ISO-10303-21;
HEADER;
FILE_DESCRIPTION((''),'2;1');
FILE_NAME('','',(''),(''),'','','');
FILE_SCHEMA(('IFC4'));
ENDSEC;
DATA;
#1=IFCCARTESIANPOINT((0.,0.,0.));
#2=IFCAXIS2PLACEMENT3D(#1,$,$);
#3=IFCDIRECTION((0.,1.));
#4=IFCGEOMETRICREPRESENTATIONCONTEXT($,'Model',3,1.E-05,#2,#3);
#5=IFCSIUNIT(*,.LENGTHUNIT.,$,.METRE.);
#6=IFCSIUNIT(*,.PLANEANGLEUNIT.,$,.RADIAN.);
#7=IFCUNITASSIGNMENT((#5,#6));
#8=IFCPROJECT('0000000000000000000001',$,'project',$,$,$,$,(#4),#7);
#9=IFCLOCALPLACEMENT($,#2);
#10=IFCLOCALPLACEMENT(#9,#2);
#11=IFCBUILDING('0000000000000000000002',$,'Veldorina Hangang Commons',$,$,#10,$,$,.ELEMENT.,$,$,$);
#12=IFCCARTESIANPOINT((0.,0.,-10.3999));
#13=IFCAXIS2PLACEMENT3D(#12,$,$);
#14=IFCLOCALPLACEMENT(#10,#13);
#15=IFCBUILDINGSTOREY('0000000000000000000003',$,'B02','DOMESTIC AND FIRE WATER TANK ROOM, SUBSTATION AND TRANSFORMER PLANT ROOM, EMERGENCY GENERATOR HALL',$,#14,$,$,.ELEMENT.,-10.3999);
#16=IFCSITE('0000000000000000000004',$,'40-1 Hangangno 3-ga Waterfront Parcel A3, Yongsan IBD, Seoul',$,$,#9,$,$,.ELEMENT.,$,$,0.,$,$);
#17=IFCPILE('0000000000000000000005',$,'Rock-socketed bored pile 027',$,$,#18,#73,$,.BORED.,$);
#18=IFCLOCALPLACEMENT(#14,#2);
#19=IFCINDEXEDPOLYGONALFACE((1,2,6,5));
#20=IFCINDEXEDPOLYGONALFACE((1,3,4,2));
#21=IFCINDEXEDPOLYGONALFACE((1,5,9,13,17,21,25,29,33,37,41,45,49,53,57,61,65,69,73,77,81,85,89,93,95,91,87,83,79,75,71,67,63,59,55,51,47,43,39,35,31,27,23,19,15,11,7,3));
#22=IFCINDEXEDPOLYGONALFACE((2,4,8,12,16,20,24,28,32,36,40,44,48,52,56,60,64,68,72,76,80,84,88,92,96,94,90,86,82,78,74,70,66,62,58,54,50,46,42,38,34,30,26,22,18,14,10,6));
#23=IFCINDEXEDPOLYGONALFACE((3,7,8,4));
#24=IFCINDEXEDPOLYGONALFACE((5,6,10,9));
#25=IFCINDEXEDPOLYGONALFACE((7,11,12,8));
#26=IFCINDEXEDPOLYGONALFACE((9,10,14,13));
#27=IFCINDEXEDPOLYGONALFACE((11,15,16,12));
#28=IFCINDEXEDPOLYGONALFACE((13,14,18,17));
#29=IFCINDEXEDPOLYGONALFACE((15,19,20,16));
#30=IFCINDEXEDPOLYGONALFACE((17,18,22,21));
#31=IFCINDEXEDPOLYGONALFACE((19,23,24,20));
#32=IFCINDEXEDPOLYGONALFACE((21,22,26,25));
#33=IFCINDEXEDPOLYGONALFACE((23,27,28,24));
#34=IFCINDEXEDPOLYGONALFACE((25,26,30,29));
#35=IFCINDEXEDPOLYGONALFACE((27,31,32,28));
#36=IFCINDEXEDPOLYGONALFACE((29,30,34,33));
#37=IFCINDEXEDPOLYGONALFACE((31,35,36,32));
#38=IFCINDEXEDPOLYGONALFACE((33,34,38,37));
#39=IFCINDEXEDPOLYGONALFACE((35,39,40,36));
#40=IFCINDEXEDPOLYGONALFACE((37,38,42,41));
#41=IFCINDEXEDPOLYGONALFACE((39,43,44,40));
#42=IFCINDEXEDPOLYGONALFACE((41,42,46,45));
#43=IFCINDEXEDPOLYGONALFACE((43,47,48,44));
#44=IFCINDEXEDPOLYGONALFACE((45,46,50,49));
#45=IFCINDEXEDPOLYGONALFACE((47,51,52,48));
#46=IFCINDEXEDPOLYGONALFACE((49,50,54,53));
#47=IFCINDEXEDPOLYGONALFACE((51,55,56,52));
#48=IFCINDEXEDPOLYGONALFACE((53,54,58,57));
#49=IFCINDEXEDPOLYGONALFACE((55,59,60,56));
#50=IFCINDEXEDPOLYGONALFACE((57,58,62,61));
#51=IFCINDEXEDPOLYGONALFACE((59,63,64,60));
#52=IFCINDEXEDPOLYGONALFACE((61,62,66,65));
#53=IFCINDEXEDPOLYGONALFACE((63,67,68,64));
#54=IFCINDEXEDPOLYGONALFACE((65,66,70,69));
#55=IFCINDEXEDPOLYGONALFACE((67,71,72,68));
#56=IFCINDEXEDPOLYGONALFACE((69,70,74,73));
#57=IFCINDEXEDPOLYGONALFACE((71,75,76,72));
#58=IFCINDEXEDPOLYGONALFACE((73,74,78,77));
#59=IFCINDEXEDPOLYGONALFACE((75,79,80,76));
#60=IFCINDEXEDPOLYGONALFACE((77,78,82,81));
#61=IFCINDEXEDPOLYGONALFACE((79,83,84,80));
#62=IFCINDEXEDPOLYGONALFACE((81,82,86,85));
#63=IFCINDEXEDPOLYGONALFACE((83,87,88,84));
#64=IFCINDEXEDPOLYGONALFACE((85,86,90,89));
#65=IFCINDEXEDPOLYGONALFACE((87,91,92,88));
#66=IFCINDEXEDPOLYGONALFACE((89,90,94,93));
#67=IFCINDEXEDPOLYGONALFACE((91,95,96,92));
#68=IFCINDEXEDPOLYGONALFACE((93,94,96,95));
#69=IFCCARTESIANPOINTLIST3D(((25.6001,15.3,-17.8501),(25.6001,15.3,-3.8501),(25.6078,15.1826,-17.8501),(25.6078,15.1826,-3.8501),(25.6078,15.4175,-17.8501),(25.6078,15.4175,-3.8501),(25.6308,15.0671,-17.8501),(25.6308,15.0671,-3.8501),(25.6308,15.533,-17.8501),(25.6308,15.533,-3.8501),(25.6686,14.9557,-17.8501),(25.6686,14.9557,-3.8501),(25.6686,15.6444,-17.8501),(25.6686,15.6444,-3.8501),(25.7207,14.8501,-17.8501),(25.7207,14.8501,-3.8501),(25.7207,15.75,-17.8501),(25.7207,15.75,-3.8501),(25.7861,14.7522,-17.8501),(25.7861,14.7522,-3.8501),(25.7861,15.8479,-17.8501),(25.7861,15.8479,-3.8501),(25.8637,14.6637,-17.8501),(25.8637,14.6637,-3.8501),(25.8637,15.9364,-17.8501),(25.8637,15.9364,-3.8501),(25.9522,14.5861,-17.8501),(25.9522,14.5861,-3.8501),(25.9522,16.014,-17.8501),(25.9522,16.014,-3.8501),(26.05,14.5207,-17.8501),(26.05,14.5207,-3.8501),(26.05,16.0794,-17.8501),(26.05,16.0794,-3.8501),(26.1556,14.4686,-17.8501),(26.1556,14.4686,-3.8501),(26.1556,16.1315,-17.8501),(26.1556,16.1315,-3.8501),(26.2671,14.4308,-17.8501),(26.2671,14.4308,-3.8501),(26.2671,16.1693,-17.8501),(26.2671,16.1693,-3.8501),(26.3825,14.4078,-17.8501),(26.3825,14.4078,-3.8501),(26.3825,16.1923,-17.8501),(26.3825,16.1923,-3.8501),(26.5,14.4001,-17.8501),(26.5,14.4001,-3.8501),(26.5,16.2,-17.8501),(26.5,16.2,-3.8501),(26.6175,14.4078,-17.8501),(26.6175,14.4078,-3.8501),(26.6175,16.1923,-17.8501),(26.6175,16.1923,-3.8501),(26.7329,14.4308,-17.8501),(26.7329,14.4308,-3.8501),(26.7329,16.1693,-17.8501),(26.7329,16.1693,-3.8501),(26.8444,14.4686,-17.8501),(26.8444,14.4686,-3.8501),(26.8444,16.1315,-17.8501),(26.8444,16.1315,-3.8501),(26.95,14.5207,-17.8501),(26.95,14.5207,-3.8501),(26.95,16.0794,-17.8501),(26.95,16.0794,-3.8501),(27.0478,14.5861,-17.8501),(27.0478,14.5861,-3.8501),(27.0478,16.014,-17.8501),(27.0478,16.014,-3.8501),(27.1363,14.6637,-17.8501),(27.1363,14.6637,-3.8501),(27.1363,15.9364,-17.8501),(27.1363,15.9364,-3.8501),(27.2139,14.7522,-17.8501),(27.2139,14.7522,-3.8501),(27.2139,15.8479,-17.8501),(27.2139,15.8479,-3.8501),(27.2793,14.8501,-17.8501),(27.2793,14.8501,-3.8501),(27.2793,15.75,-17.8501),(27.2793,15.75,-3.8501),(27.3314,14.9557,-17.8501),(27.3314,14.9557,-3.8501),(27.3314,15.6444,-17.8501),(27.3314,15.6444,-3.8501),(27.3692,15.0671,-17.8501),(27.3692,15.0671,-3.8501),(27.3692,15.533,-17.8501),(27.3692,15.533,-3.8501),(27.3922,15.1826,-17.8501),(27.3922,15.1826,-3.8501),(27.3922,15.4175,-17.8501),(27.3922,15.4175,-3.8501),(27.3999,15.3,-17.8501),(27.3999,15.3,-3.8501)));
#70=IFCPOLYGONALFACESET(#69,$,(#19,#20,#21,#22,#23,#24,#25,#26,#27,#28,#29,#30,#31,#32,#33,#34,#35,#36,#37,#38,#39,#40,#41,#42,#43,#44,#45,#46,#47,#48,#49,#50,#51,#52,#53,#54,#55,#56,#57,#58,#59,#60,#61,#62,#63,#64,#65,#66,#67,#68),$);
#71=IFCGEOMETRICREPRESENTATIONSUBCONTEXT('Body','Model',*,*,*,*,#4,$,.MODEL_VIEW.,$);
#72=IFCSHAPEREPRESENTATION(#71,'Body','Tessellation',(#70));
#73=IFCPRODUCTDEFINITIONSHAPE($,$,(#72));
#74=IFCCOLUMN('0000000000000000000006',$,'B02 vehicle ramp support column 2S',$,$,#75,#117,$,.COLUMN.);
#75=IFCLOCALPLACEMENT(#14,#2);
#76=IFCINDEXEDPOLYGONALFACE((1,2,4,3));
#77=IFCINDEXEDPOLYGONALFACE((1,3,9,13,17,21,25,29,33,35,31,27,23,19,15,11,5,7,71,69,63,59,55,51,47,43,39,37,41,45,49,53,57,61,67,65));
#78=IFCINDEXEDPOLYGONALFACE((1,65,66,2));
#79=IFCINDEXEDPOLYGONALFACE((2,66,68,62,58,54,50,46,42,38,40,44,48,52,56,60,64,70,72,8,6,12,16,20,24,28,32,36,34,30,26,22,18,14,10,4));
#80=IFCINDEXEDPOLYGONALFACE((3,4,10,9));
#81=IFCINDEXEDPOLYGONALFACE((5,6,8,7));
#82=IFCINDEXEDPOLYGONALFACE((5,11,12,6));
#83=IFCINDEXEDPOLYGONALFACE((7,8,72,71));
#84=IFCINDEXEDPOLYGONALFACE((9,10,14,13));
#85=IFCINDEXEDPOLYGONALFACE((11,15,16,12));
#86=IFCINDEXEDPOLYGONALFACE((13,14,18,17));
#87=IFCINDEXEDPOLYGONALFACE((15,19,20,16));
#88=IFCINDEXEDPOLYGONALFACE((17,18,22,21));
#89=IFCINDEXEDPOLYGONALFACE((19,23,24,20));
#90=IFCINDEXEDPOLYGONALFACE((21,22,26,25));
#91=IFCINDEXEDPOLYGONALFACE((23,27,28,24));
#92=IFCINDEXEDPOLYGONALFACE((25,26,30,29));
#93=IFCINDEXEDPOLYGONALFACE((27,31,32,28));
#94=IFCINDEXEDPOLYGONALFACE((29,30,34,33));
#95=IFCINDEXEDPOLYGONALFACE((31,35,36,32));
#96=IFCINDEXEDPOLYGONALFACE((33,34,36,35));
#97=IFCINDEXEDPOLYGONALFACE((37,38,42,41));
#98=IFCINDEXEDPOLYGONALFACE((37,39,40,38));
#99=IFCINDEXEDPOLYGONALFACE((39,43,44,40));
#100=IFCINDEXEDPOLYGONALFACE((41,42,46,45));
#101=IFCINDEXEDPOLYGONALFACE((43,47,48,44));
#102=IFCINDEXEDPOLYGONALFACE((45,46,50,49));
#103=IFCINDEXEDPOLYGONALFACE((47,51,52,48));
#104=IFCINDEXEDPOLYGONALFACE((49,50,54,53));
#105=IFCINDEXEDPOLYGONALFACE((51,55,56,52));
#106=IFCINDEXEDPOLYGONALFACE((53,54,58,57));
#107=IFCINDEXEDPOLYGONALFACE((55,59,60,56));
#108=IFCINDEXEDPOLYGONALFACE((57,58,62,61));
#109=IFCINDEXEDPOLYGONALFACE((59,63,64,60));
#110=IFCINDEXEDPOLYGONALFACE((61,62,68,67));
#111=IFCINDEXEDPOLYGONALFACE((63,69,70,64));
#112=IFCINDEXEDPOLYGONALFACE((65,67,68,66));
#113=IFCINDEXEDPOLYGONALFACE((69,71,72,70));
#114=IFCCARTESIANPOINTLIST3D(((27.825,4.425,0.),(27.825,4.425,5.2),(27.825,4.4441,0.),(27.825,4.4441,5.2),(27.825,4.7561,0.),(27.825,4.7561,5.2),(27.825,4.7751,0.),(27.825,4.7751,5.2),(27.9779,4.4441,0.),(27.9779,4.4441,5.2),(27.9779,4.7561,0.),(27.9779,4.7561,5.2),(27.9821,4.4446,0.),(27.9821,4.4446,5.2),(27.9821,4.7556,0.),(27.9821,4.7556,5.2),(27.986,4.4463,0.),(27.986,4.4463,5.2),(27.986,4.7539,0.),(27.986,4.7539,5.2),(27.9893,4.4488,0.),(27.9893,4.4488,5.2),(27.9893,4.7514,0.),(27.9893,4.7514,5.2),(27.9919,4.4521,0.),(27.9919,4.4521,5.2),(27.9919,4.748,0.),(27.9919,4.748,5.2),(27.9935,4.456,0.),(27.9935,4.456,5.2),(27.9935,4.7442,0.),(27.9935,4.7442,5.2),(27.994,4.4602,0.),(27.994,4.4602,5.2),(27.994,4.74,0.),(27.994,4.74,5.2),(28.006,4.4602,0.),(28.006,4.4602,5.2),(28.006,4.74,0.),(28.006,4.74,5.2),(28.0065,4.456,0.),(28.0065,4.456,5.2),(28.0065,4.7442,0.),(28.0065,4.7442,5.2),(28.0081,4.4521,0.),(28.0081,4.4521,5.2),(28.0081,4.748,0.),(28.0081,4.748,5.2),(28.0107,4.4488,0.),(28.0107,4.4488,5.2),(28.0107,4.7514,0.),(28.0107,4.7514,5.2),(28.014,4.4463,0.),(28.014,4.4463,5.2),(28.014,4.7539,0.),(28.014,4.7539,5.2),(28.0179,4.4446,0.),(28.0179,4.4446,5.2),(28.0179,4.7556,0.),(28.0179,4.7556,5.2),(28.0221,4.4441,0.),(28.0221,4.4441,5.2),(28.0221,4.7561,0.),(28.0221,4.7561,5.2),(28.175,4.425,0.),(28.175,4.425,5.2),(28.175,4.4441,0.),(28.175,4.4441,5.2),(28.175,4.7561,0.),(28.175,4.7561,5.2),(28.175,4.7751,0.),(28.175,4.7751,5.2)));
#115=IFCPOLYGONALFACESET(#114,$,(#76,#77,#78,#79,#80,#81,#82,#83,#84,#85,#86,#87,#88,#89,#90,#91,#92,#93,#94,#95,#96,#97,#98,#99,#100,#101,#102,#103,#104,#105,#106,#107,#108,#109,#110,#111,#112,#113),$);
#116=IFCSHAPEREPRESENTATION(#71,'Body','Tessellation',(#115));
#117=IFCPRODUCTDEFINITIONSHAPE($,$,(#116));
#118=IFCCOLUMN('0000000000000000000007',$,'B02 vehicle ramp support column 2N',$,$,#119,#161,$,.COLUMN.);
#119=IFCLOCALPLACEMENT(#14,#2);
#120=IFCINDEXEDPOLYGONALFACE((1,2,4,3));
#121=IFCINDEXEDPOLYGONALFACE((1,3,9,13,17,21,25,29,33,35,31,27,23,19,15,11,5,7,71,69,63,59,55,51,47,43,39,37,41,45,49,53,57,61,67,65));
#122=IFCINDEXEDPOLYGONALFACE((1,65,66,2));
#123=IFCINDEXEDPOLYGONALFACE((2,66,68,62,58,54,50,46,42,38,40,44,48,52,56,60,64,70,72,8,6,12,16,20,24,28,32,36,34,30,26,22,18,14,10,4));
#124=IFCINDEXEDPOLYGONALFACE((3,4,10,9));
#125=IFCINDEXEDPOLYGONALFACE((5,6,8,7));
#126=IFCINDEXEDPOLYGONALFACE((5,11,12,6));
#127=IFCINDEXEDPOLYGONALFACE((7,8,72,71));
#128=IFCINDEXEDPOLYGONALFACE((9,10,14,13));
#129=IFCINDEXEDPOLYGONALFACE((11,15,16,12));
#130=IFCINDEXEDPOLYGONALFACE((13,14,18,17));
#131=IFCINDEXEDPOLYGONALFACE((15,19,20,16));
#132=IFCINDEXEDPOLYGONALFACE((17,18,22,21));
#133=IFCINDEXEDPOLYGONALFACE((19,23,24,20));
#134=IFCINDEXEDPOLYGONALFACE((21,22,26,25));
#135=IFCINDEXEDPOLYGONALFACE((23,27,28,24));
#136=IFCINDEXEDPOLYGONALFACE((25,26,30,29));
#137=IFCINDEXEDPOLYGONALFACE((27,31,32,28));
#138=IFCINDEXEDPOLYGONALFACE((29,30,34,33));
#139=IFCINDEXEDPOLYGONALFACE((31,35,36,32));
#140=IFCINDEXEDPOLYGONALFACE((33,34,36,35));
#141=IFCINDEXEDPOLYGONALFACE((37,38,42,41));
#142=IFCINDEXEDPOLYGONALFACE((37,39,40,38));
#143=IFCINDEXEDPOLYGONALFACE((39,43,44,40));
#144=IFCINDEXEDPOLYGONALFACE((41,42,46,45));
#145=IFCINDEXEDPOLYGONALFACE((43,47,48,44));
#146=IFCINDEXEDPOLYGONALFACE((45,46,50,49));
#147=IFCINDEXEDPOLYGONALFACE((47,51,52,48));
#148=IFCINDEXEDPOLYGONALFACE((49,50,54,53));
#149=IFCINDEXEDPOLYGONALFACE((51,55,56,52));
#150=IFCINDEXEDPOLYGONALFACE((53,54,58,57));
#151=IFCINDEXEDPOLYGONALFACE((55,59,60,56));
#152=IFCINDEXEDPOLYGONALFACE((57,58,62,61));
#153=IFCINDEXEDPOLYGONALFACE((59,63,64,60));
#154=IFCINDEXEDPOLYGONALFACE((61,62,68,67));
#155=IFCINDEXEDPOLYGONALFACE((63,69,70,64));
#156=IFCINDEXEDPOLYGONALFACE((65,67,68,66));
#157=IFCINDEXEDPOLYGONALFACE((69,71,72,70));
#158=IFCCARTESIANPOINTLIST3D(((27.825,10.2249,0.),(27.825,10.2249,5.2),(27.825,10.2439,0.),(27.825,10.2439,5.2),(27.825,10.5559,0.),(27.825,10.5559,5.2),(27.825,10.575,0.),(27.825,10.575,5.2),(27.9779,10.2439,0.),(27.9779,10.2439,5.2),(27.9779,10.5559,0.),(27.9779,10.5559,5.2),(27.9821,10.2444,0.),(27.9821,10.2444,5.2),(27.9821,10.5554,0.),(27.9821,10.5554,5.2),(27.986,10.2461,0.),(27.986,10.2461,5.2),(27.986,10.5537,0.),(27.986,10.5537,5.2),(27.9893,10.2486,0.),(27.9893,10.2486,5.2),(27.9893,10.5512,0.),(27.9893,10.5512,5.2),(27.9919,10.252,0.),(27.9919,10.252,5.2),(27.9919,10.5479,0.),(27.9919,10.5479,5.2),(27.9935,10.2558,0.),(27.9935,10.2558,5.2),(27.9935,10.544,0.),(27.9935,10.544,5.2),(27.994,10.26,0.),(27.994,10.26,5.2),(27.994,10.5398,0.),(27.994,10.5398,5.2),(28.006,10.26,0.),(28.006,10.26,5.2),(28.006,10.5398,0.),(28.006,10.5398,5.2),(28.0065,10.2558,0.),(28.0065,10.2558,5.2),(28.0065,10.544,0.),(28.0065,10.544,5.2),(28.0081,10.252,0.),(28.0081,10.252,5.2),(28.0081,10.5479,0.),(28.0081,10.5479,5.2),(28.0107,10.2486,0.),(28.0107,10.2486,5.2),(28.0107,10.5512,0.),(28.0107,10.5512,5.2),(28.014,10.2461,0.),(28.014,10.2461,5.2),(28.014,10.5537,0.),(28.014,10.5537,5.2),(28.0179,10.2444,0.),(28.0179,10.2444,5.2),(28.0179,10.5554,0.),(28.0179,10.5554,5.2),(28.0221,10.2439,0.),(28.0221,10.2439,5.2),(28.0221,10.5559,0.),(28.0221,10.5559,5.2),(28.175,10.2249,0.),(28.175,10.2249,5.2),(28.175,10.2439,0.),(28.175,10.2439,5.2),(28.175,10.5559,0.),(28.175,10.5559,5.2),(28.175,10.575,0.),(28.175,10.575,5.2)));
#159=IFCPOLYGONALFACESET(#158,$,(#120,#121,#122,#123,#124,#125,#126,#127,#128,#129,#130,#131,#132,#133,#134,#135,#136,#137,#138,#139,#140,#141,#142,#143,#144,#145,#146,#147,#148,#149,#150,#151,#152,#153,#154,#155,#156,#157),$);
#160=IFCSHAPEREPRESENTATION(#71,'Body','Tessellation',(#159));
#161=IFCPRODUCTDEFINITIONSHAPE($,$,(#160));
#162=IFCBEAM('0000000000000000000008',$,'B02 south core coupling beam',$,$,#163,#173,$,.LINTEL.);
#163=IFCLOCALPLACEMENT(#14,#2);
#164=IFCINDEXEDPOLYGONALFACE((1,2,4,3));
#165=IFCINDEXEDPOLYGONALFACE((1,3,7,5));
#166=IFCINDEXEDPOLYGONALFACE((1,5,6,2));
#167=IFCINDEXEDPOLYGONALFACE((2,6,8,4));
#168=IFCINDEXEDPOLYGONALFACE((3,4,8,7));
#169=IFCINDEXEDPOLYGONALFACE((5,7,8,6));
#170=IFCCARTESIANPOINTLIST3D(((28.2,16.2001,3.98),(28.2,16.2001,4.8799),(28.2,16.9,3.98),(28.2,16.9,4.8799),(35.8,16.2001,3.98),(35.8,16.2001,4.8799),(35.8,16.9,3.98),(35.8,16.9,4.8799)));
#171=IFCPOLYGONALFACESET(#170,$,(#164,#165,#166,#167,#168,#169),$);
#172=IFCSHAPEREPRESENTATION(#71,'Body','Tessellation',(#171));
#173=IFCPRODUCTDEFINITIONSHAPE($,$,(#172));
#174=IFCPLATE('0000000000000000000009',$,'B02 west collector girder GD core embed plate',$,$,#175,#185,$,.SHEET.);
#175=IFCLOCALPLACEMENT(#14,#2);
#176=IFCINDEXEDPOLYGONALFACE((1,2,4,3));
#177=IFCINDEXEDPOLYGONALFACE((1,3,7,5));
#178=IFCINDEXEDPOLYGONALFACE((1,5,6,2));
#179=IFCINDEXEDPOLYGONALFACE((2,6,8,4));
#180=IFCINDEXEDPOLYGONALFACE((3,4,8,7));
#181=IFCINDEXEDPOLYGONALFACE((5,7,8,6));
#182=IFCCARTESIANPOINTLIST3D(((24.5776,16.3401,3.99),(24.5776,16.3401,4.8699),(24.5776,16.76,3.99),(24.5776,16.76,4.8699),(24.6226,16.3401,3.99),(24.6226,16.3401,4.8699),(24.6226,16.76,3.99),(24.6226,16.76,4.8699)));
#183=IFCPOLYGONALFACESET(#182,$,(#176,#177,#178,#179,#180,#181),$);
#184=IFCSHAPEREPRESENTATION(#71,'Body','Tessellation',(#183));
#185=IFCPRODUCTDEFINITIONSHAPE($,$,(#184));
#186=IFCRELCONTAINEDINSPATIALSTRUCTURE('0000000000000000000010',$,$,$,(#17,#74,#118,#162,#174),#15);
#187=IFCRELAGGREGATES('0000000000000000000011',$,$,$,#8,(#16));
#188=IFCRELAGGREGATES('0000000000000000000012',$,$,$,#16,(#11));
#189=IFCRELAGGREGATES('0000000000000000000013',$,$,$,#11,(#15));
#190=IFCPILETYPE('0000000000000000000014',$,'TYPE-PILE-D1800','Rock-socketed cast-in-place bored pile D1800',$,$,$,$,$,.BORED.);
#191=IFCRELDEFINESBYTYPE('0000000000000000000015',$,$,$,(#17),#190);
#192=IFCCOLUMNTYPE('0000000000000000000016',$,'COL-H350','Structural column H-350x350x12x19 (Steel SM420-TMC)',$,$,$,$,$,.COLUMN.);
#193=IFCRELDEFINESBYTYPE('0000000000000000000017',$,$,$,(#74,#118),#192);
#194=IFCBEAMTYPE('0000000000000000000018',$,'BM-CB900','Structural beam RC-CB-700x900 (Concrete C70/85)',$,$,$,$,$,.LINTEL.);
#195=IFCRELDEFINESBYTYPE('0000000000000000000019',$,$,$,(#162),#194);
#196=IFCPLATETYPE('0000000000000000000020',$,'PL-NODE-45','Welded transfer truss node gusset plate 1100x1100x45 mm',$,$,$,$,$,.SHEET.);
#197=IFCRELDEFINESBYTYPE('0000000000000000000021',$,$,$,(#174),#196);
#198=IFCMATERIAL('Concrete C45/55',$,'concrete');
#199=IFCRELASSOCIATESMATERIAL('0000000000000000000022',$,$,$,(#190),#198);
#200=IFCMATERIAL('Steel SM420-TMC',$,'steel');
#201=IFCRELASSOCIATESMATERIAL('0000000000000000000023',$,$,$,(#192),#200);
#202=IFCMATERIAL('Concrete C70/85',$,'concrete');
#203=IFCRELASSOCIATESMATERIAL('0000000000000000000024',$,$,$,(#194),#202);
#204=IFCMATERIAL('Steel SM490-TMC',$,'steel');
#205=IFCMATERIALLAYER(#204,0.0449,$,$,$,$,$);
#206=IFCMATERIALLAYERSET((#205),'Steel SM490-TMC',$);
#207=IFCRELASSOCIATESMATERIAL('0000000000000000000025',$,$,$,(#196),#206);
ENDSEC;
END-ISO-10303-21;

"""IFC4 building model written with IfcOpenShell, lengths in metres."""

from ifc_helpers import new_model, si_unit, direction, frame, origin, origin_2d, place, context, subcontext, project, spatial, rectangle, circle, i_section, extrude, material, layer, layer_set, material_profile, profile_set, type_object, element, save


model = new_model("IFC4")

# Units and contexts
model_context = context("Model", 3, precision=1e-05, world=origin(), true_north=direction((0.0, 1.0)))
body_context = subcontext(model_context, "Body", "Model", "MODEL_VIEW")
ifc_project = project(units=[si_unit("LENGTHUNIT", "METRE"), si_unit("PLANEANGLEUNIT", "RADIAN")], contexts=[model_context])

# Site, building, storey
site_placement = place(None, origin())
site = spatial("IfcSite", under=ifc_project, at=site_placement, Name="40-1 Hangangno 3-ga Waterfront Parcel A3, Yongsan IBD, Seoul", CompositionType="ELEMENT", RefElevation=0.0)
building_placement = place(site_placement, origin())
building = spatial("IfcBuilding", under=site, at=building_placement, Name="Veldorina Hangang Commons", CompositionType="ELEMENT")
storey_placement = place(building_placement, frame((0.0, 0.0, -10.3999)))
storey = spatial("IfcBuildingStorey", under=building, at=storey_placement, Name="B02", Description="DOMESTIC AND FIRE WATER TANK ROOM, SUBSTATION AND TRANSFORMER PLANT ROOM, EMERGENCY GENERATOR HALL", CompositionType="ELEMENT", Elevation=-10.3999)

# Pile
ifc_material_1 = material(Name="Concrete C45/55", Category="concrete")
ifc_material_profile_1 = material_profile(ifc_material_1, circle(Radius=0.8999, at=origin_2d()), Name="PILE-D1800")
ifc_profile_set_1 = profile_set([ifc_material_profile_1], Name="Concrete C45/55")
pile_type = type_object("IfcPileType", Name="TYPE-PILE-D1800", Description="Rock-socketed cast-in-place bored pile D1800", PredefinedType="BORED", material=ifc_profile_set_1)
for number, where, z_axis, x_axis, name in (
    (1, (26.5, 15.3, -3.8501), (0.0, 0.0, -1.0), (1.0, 0.0, 0.0), "Rock-socketed bored pile 027"),
):
    element("IfcPile", number, at=place(storey_placement, frame(where, z_axis=z_axis, x_axis=x_axis)), inside=storey, type_object=pile_type, Name=name, PredefinedType="BORED", context=body_context, shape_type="SweptSolid", body=[
        extrude(circle(Radius=0.8999, at=origin_2d()), origin(), (0.0, 0.0, 1.0), 14.0),
    ])

# Columns
ifc_material_2 = material(Name="Steel SM420-TMC", Category="steel")
ifc_material_profile_2 = material_profile(ifc_material_2, i_section(OverallWidth=0.3501, OverallDepth=0.3501, WebThickness=0.012, FlangeThickness=0.019, FilletRadius=0.0161, at=origin_2d()), Name="H-350x350x12x19")
ifc_profile_set_2 = profile_set([ifc_material_profile_2], Name="Steel SM420-TMC")
column_type = type_object("IfcColumnType", Name="COL-H350", Description="Structural column H-350x350x12x19 (Steel SM420-TMC)", PredefinedType="COLUMN", material=ifc_profile_set_2)
for number, where, z_axis, x_axis, name in (
    (2, (28.0, 4.6001, 0.0), (0.0, 0.0, 1.0), (1.0, 0.0, 0.0), "B02 vehicle ramp support column 2S"),
    (3, (28.0, 10.3999, 0.0), (0.0, 0.0, 1.0), (1.0, 0.0, 0.0), "B02 vehicle ramp support column 2N"),
):
    element("IfcColumn", number, at=place(storey_placement, frame(where, z_axis=z_axis, x_axis=x_axis)), inside=storey, type_object=column_type, Name=name, PredefinedType="COLUMN", context=body_context, shape_type="SweptSolid", body=[
        extrude(i_section(OverallWidth=0.3501, OverallDepth=0.3501, WebThickness=0.012, FlangeThickness=0.019, FilletRadius=0.0161, at=origin_2d()), origin(), (0.0, 0.0, 1.0), 5.2),
    ])

# Beam
ifc_material_3 = material(Name="Concrete C70/85", Category="concrete")
ifc_material_profile_3 = material_profile(ifc_material_3, rectangle(XDim=0.7, YDim=0.8999, at=origin_2d()), Name="RC-CB-700x900")
ifc_profile_set_3 = profile_set([ifc_material_profile_3], Name="Concrete C70/85")
beam_type = type_object("IfcBeamType", Name="BM-CB900", Description="Structural beam RC-CB-700x900 (Concrete C70/85)", PredefinedType="LINTEL", material=ifc_profile_set_3)
beam_placement = place(storey_placement, frame((28.2, 16.55, 4.4299), z_axis=(1.0, 0.0, 0.0), x_axis=(0.0, 1.0, 0.0)))
element("IfcBeam", 4, at=beam_placement, inside=storey, type_object=beam_type, Name="B02 south core coupling beam", PredefinedType="LINTEL", context=body_context, shape_type="SweptSolid", body=[
    extrude(rectangle(XDim=0.7, YDim=0.8999, at=origin_2d()), origin(), (0.0, 0.0, 1.0), 7.6001),
])

# Plate
ifc_material_4 = material(Name="Steel SM490-TMC", Category="steel")
ifc_layer_1 = layer(ifc_material_4, 0.0449)
ifc_layer_set_1 = layer_set([ifc_layer_1], Name="Steel SM490-TMC")
plate_type = type_object("IfcPlateType", Name="PL-NODE-45", Description="Welded transfer truss node gusset plate 1100x1100x45 mm", PredefinedType="SHEET", material=ifc_layer_set_1)
plate_placement = place(storey_placement, frame((24.6001, 16.55, 3.99), z_axis=(0.0, 0.0, 1.0), x_axis=(1.0, 0.0, 0.0)))
element("IfcPlate", 5, at=plate_placement, inside=storey, type_object=plate_type, Name="B02 west collector girder GD core embed plate", PredefinedType="SHEET", context=body_context, shape_type="SweptSolid", body=[
    extrude(rectangle(XDim=0.0449, YDim=0.4199, at=origin_2d()), origin(), (0.0, 0.0, 1.0), 0.8799),
])

save(model, "model.ifc")
